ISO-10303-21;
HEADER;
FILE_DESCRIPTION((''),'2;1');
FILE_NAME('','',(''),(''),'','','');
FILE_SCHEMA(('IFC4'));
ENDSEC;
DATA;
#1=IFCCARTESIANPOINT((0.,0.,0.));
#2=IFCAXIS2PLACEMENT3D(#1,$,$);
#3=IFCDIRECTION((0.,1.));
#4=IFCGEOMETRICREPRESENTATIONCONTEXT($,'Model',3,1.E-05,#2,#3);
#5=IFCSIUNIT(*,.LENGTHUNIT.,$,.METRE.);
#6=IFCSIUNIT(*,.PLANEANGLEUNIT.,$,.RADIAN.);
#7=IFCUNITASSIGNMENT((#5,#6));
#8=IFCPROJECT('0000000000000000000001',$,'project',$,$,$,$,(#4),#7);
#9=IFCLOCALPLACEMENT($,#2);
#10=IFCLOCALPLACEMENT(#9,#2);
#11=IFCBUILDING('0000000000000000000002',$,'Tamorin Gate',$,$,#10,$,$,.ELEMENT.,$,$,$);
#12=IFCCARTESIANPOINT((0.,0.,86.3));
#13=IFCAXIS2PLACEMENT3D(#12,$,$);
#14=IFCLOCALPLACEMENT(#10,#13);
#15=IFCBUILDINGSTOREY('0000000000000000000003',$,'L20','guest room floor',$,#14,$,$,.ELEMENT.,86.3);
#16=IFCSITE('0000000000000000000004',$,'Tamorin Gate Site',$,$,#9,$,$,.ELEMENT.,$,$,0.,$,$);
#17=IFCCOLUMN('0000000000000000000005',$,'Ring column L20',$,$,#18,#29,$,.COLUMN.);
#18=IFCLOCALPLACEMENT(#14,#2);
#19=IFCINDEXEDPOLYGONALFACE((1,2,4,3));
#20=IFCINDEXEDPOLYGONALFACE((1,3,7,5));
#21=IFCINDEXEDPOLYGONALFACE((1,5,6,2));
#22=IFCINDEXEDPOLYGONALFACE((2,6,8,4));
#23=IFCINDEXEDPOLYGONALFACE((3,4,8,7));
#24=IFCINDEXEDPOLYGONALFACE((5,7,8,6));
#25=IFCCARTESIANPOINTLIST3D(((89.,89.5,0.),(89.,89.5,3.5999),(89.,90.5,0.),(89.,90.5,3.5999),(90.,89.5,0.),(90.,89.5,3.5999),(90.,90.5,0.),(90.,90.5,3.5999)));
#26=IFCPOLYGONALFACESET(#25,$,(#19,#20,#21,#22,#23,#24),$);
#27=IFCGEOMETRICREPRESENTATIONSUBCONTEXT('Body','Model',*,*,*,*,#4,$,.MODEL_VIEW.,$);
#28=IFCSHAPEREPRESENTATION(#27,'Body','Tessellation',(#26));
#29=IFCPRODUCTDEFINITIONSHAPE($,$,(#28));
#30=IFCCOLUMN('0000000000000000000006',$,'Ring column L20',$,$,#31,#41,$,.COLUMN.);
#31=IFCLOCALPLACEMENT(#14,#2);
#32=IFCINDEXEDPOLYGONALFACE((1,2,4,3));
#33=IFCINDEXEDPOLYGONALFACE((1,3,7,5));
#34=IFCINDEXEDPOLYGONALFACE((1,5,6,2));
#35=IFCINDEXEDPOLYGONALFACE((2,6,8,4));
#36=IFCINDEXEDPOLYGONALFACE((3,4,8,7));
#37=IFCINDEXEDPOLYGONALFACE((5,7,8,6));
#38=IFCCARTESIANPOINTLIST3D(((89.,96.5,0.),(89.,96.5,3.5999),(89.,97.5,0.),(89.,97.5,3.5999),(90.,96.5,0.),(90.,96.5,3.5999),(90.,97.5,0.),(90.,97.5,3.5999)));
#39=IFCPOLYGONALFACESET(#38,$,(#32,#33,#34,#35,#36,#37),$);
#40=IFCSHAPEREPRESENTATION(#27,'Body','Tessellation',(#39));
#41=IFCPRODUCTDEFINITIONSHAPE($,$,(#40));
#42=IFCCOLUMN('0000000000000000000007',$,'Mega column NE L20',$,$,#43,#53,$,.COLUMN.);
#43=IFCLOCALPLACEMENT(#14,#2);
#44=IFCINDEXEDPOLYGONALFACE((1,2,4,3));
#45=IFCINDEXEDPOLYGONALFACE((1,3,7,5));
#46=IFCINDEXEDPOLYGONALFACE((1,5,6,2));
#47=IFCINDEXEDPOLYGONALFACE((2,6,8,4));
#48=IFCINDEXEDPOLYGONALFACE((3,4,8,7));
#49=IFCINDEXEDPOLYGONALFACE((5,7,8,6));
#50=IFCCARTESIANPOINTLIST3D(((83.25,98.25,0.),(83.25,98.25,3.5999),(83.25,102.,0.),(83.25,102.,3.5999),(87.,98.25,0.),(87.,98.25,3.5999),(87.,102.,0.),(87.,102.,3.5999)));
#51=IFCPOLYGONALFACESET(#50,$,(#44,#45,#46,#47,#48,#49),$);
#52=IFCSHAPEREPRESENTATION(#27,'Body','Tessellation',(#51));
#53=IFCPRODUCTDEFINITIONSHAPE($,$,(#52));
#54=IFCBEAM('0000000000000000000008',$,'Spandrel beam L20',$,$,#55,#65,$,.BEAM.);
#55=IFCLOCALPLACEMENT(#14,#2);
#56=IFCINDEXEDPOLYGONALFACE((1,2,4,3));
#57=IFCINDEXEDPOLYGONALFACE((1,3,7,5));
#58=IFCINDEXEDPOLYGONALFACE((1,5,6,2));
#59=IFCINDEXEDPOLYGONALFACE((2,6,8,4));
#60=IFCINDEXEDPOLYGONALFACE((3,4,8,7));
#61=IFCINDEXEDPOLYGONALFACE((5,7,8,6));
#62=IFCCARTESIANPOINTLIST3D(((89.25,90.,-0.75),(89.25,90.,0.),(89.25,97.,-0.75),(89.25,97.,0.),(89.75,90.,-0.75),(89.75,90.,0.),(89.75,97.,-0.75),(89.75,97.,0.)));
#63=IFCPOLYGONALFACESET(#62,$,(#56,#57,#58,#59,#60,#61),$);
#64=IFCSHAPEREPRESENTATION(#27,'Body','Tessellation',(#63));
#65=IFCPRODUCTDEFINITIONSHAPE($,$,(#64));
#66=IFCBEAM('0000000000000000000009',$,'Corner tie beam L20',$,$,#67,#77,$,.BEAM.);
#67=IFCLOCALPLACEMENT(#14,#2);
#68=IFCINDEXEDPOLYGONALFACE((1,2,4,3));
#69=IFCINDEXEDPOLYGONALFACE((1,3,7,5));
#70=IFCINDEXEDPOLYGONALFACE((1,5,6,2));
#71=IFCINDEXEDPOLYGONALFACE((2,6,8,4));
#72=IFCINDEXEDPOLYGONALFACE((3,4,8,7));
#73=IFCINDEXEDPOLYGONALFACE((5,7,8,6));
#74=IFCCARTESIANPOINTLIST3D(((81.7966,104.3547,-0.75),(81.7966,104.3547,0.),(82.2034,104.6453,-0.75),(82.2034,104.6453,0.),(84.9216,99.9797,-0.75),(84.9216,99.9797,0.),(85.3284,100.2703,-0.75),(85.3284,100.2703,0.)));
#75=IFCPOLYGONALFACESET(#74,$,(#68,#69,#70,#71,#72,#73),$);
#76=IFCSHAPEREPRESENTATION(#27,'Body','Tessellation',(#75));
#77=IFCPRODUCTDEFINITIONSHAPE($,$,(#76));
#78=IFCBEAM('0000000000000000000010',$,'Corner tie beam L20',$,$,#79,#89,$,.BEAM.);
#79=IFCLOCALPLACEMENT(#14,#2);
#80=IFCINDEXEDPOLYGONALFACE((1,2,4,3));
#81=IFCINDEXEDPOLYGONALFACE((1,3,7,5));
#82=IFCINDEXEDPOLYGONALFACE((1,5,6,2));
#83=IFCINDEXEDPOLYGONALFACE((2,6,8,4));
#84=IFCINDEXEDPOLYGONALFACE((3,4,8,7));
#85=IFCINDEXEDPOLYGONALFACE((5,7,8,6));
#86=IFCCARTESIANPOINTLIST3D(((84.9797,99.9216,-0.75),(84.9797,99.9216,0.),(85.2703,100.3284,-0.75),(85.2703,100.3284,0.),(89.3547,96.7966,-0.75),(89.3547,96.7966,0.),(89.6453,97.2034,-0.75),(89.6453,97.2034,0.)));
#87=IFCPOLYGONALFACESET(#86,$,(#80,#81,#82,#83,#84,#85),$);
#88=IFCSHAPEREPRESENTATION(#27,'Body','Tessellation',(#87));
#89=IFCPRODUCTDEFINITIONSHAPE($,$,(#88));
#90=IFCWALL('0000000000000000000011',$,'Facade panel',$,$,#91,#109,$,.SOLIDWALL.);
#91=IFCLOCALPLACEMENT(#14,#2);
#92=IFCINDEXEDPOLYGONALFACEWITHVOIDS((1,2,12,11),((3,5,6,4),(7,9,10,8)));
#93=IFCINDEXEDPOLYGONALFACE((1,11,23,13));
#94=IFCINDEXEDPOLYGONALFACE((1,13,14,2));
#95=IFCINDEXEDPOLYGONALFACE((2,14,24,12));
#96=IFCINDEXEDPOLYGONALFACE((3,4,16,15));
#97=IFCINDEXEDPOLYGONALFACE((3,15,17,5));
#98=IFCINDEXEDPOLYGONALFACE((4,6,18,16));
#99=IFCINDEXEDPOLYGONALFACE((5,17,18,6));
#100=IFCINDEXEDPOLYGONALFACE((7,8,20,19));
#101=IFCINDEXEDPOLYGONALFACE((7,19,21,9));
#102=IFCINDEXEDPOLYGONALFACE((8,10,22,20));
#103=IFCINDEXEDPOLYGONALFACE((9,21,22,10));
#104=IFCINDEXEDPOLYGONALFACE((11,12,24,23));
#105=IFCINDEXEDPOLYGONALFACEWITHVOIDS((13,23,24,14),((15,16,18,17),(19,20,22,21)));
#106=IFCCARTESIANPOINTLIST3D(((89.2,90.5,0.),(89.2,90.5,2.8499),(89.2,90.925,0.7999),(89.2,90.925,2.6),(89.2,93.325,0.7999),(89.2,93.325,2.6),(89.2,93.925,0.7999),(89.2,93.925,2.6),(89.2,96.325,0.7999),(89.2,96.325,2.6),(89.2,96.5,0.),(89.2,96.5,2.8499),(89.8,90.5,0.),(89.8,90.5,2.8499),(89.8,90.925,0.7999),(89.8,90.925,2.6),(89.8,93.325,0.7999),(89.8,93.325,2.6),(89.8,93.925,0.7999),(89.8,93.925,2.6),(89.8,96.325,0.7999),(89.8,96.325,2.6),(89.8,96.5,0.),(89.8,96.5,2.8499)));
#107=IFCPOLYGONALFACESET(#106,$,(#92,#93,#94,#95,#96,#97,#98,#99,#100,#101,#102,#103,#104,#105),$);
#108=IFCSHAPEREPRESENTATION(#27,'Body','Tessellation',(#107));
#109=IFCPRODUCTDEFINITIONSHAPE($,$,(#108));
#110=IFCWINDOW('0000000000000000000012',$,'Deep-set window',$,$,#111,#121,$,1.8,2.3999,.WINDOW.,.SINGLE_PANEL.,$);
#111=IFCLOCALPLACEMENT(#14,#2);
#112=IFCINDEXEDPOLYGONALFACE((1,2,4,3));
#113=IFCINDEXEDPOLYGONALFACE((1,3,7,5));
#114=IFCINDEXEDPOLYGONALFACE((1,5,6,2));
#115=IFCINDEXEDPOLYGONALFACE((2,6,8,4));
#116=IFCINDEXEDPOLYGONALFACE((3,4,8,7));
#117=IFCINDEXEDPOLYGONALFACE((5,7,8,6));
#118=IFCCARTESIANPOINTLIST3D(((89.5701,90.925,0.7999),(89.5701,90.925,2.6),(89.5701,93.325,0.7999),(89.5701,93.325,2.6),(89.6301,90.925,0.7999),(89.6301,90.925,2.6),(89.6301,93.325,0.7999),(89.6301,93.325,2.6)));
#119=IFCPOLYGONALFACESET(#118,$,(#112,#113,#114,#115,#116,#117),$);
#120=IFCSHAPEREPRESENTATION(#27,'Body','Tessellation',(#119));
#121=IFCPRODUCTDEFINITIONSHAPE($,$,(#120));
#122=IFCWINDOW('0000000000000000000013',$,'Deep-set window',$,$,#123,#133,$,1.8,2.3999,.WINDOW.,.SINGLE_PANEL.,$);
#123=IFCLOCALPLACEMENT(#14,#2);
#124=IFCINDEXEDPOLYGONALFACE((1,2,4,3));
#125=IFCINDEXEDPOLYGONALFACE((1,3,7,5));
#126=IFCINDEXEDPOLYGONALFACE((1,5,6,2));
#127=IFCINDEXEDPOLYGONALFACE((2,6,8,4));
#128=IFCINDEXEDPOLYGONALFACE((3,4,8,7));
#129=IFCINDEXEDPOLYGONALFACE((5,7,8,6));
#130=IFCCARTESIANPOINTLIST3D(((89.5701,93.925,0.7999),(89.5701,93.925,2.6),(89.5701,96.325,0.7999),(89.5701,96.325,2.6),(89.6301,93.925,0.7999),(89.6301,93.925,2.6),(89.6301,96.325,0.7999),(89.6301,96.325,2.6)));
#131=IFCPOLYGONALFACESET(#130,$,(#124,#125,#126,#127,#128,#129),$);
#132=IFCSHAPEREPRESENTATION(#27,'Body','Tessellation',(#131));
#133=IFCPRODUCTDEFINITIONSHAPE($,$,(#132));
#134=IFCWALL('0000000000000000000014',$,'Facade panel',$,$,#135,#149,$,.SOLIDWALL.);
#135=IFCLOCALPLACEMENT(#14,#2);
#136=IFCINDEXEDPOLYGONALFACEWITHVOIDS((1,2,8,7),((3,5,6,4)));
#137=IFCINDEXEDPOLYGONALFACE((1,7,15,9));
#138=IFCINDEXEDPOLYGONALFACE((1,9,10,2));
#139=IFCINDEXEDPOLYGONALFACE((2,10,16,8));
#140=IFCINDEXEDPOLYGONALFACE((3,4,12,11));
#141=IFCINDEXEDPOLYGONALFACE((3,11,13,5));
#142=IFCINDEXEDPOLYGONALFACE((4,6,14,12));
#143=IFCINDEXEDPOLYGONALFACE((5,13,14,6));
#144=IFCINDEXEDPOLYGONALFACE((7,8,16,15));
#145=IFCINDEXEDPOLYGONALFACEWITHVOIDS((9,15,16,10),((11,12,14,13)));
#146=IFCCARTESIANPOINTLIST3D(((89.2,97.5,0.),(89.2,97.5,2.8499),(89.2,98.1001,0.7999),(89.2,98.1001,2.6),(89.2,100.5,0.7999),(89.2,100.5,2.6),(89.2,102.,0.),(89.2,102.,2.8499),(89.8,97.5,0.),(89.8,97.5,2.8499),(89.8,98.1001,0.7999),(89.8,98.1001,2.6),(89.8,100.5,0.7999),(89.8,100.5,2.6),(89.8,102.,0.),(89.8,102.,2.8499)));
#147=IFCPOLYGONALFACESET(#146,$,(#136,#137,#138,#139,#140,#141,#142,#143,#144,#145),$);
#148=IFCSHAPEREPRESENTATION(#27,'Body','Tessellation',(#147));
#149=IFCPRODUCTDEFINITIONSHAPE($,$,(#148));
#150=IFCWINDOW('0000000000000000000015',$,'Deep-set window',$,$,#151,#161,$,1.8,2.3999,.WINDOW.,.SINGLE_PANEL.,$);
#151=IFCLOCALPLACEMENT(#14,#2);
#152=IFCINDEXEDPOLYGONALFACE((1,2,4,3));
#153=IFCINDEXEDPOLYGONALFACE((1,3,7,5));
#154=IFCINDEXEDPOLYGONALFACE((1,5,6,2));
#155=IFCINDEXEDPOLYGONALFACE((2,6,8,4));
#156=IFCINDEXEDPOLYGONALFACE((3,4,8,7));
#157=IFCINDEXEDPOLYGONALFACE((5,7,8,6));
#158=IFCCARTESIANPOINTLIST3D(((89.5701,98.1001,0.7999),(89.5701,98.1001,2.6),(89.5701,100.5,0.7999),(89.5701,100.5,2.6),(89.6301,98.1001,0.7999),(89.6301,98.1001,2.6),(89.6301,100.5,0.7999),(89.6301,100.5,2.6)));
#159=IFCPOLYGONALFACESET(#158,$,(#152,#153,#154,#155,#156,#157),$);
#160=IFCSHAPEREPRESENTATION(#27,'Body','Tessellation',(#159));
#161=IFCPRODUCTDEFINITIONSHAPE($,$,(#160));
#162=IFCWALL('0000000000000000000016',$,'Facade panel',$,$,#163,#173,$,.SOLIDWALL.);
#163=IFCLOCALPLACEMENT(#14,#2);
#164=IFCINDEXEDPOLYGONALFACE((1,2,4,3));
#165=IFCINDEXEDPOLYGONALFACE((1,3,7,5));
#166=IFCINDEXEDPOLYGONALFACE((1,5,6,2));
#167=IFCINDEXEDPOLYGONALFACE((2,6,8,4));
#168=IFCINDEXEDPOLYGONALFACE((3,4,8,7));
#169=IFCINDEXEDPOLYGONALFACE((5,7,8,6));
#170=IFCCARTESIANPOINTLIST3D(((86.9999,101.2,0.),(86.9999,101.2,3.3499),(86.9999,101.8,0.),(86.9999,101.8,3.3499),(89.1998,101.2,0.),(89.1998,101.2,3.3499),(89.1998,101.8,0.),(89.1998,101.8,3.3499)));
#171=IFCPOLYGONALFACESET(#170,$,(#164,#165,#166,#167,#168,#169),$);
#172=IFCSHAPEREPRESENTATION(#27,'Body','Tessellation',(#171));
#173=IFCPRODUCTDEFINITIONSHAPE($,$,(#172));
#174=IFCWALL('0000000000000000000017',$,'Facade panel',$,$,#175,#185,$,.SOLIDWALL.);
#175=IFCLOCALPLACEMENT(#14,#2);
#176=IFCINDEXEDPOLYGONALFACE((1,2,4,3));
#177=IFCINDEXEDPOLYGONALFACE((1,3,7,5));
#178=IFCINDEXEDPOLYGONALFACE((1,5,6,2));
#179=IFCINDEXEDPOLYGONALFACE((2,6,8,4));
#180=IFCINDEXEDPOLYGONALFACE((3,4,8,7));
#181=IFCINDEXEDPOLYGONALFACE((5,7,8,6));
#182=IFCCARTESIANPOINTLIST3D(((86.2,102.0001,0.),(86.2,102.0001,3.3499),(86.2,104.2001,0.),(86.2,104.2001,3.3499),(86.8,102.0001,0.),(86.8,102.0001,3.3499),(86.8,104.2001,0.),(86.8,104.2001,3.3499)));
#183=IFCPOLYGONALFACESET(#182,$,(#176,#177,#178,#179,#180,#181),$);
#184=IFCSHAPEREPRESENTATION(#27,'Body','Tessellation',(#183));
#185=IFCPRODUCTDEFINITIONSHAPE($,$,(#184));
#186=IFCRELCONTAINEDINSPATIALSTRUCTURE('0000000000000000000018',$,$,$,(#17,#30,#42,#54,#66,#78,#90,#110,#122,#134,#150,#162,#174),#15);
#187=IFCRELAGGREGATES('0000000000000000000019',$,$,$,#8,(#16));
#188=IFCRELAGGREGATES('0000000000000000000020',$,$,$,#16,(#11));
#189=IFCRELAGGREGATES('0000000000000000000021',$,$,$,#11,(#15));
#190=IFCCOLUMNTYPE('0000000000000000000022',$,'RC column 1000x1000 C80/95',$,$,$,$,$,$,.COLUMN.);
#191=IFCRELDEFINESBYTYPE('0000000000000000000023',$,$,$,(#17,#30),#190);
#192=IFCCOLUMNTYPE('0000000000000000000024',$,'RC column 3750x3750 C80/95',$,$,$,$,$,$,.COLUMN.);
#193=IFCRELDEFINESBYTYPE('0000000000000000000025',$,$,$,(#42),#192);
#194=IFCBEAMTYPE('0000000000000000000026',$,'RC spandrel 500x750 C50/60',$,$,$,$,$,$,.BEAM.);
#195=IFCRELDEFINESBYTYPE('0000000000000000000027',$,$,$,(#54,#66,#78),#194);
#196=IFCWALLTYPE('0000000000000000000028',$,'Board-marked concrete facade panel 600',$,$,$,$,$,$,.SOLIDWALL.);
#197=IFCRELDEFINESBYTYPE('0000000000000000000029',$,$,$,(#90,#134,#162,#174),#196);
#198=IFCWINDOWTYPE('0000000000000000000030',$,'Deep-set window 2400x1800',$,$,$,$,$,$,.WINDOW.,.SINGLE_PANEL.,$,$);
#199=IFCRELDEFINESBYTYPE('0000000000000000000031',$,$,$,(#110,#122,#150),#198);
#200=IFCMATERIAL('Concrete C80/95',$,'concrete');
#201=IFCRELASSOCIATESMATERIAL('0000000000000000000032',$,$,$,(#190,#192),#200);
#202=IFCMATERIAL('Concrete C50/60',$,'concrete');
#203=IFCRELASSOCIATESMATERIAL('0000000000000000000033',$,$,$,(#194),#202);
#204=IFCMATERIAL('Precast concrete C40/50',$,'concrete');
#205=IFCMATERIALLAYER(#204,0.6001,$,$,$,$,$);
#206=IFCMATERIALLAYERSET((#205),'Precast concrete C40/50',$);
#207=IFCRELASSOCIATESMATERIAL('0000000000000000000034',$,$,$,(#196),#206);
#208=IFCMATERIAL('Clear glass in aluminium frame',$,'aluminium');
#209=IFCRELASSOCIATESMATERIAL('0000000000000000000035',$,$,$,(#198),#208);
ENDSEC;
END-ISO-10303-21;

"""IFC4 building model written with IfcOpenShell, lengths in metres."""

from ifc_helpers import new_model, si_unit, direction, frame, frame_2d, origin, origin_2d, place, context, subcontext, project, spatial, rectangle, extrude, material, layer, layer_set, material_profile, profile_set, type_object, element, fill, save


model = new_model("IFC4")

# Units and contexts
model_context = context("Model", 3, precision=1e-05, world=origin(), true_north=direction((0.0, 1.0)))
body_context = subcontext(model_context, "Body", "Model", "MODEL_VIEW")
ifc_project = project(units=[si_unit("LENGTHUNIT", "METRE"), si_unit("PLANEANGLEUNIT", "RADIAN")], contexts=[model_context])

# Site, building, storey
site_placement = place(None, origin())
site = spatial("IfcSite", under=ifc_project, at=site_placement, Name="Tamorin Gate Site", CompositionType="ELEMENT", RefElevation=0.0)
building_placement = place(site_placement, origin())
building = spatial("IfcBuilding", under=site, at=building_placement, Name="Tamorin Gate", CompositionType="ELEMENT")
storey_placement = place(building_placement, frame((0.0, 0.0, 86.3)))
storey = spatial("IfcBuildingStorey", under=building, at=storey_placement, Name="L20", Description="guest room floor", CompositionType="ELEMENT", Elevation=86.3)

# Columns
ifc_material_1 = material(Name="Concrete C80/95", Category="concrete")
ifc_material_profile_1 = material_profile(ifc_material_1, rectangle(XDim=1.0, YDim=1.0, at=origin_2d()), Name="RC 1000x1000")
ifc_profile_set_1 = profile_set([ifc_material_profile_1], Name="Concrete C80/95")
column_type_1 = type_object("IfcColumnType", Name="RC column 1000x1000 C80/95", PredefinedType="COLUMN", material=ifc_profile_set_1)
for number, where, z_axis, x_axis, name in (
    (1, (89.5, 90.0, 0.0), (0.0, 0.0, 1.0), (1.0, 0.0, 0.0), "Ring column L20"),
    (2, (89.5, 97.0, 0.0), (0.0, 0.0, 1.0), (1.0, 0.0, 0.0), "Ring column L20"),
):
    element("IfcColumn", number, at=place(storey_placement, frame(where, z_axis=z_axis, x_axis=x_axis)), inside=storey, type_object=column_type_1, Name=name, PredefinedType="COLUMN", context=body_context, shape_type="SweptSolid", body=[
        extrude(rectangle(XDim=1.0, YDim=1.0, at=origin_2d()), origin(), (0.0, 0.0, 1.0), 3.5999),
    ])
ifc_material_profile_2 = material_profile(ifc_material_1, rectangle(XDim=3.75, YDim=3.75, at=origin_2d()), Name="RC 3750x3750")
ifc_profile_set_2 = profile_set([ifc_material_profile_2], Name="Concrete C80/95")
column_type_2 = type_object("IfcColumnType", Name="RC column 3750x3750 C80/95", PredefinedType="COLUMN", material=ifc_profile_set_2)
column_placement = place(storey_placement, frame((85.125, 100.125, 0.0), z_axis=(0.0, 0.0, 1.0), x_axis=(1.0, 0.0, 0.0)))
element("IfcColumn", 3, at=column_placement, inside=storey, type_object=column_type_2, Name="Mega column NE L20", PredefinedType="COLUMN", context=body_context, shape_type="SweptSolid", body=[
    extrude(rectangle(XDim=3.75, YDim=3.75, at=origin_2d()), origin(), (0.0, 0.0, 1.0), 3.5999),
])

# Beams
ifc_material_2 = material(Name="Concrete C50/60", Category="concrete")
ifc_material_profile_3 = material_profile(ifc_material_2, rectangle(XDim=0.5, YDim=0.75, at=origin_2d()), Name="RC 500x750")
ifc_profile_set_3 = profile_set([ifc_material_profile_3], Name="Concrete C50/60")
beam_type = type_object("IfcBeamType", Name="RC spandrel 500x750 C50/60", PredefinedType="BEAM", material=ifc_profile_set_3)
beam_placement = place(storey_placement, frame((89.5, 90.0, -0.375), z_axis=(0.0, 1.0, 0.0), x_axis=(-1.0, 0.0, 0.0)))
element("IfcBeam", 4, at=beam_placement, inside=storey, type_object=beam_type, Name="Spandrel beam L20", PredefinedType="BEAM", context=body_context, shape_type="SweptSolid", body=[
    extrude(rectangle(XDim=0.5, YDim=0.75, at=origin_2d()), origin(), (0.0, 0.0, 1.0), 7.0),
])
for number, where, z_axis, x_axis, name in (
    (5, (85.125, 100.125, -0.375), (-0.581238, 0.813733, 0.0), (-0.813733, -0.581238, 0.0), "Corner tie beam L20"),
    (6, (85.125, 100.125, -0.375), (0.813733, -0.581238, 0.0), (0.581238, 0.813733, 0.0), "Corner tie beam L20"),
):
    element("IfcBeam", number, at=place(storey_placement, frame(where, z_axis=z_axis, x_axis=x_axis)), inside=storey, type_object=beam_type, Name=name, PredefinedType="BEAM", context=body_context, shape_type="SweptSolid", body=[
        extrude(rectangle(XDim=0.5, YDim=0.75, at=origin_2d()), origin(), (0.0, 0.0, 1.0), 5.3765),
    ])

# Wall, openings, windows
ifc_material_3 = material(Name="Precast concrete C40/50", Category="concrete")
ifc_layer_1 = layer(ifc_material_3, 0.6001)
ifc_layer_set_1 = layer_set([ifc_layer_1], Name="Precast concrete C40/50")
wall_type_1 = type_object("IfcWallType", Name="Board-marked concrete facade panel 600", PredefinedType="SOLIDWALL", material=ifc_layer_set_1)
wall_1_placement = place(storey_placement, frame((89.5, 90.5, 0.0), z_axis=(0.0, 0.0, 1.0), x_axis=(0.0, 1.0, 0.0)))
wall_1 = element("IfcWall", 7, at=wall_1_placement, inside=storey, type_object=wall_type_1, Name="Facade panel", PredefinedType="SOLIDWALL", context=body_context, shape_type="SweptSolid", body=[
    extrude(rectangle(XDim=6.0, YDim=0.6001, at=frame_2d((3.0, 0.0))), origin(), (0.0, 0.0, 1.0), 2.8499),
])
opening_1_placement = place(wall_1_placement, frame((0.425, 0.0, 0.8)))
opening_1 = element("IfcOpeningElement", 8, at=opening_1_placement, cuts=wall_1, PredefinedType="OPENING", context=body_context, shape_type="SweptSolid", body=[
    extrude(rectangle(XDim=2.3999, YDim=1.8, at=frame_2d((1.2, 0.8999))), frame((0.0, 0.3101, 0.0), z_axis=(0.0, -1.0, 0.0), x_axis=(1.0, 0.0, 0.0)), (0.0, 0.0, 1.0), 0.6201),
])
opening_2_placement = place(wall_1_placement, frame((3.425, 0.0, 0.8)))
opening_2 = element("IfcOpeningElement", 9, at=opening_2_placement, cuts=wall_1, PredefinedType="OPENING", context=body_context, shape_type="SweptSolid", body=[
    extrude(rectangle(XDim=2.3999, YDim=1.8, at=frame_2d((1.2, 0.8999))), frame((0.0, 0.3101, 0.0), z_axis=(0.0, -1.0, 0.0), x_axis=(1.0, 0.0, 0.0)), (0.0, 0.0, 1.0), 0.6201),
])
ifc_material_4 = material(Name="Clear glass in aluminium frame", Category="aluminium")
window_type = type_object("IfcWindowType", Name="Deep-set window 2400x1800", PartitioningType="SINGLE_PANEL", PredefinedType="WINDOW", material=ifc_material_4)
window_1_placement = place(opening_1_placement, origin())
window_1 = element("IfcWindow", 10, at=window_1_placement, inside=storey, type_object=window_type, Name="Deep-set window", OverallHeight=1.8, OverallWidth=2.3999, PartitioningType="SINGLE_PANEL", PredefinedType="WINDOW", context=body_context, shape_type="SweptSolid", body=[
    extrude(rectangle(XDim=2.3999, YDim=1.8, at=frame_2d((1.2, 0.8999))), frame((0.0, -0.0701, 0.0), z_axis=(0.0, -1.0, 0.0), x_axis=(1.0, 0.0, 0.0)), (0.0, 0.0, 1.0), 0.0601),
])
fill(opening_1, window_1)
window_2_placement = place(opening_2_placement, origin())
window_2 = element("IfcWindow", 11, at=window_2_placement, inside=storey, type_object=window_type, Name="Deep-set window", OverallHeight=1.8, OverallWidth=2.3999, PartitioningType="SINGLE_PANEL", PredefinedType="WINDOW", context=body_context, shape_type="SweptSolid", body=[
    extrude(rectangle(XDim=2.3999, YDim=1.8, at=frame_2d((1.2, 0.8999))), frame((0.0, -0.0701, 0.0), z_axis=(0.0, -1.0, 0.0), x_axis=(1.0, 0.0, 0.0)), (0.0, 0.0, 1.0), 0.0601),
])
fill(opening_2, window_2)

# Wall, opening, window
wall_2_placement = place(storey_placement, frame((89.5, 97.5, 0.0), z_axis=(0.0, 0.0, 1.0), x_axis=(0.0, 1.0, 0.0)))
wall_2 = element("IfcWall", 12, at=wall_2_placement, inside=storey, type_object=wall_type_1, Name="Facade panel", PredefinedType="SOLIDWALL", context=body_context, shape_type="SweptSolid", body=[
    extrude(rectangle(XDim=4.5, YDim=0.6001, at=frame_2d((2.25, 0.0))), origin(), (0.0, 0.0, 1.0), 2.8499),
])
opening_3_placement = place(wall_2_placement, frame((0.6001, 0.0, 0.8)))
opening_3 = element("IfcOpeningElement", 13, at=opening_3_placement, cuts=wall_2, PredefinedType="OPENING", context=body_context, shape_type="SweptSolid", body=[
    extrude(rectangle(XDim=2.3999, YDim=1.8, at=frame_2d((1.2, 0.8999))), frame((0.0, 0.3101, 0.0), z_axis=(0.0, -1.0, 0.0), x_axis=(1.0, 0.0, 0.0)), (0.0, 0.0, 1.0), 0.6201),
])
window_3_placement = place(opening_3_placement, origin())
window_3 = element("IfcWindow", 14, at=window_3_placement, inside=storey, type_object=window_type, Name="Deep-set window", OverallHeight=1.8, OverallWidth=2.3999, PartitioningType="SINGLE_PANEL", PredefinedType="WINDOW", context=body_context, shape_type="SweptSolid", body=[
    extrude(rectangle(XDim=2.3999, YDim=1.8, at=frame_2d((1.2, 0.8999))), frame((0.0, -0.0701, 0.0), z_axis=(0.0, -1.0, 0.0), x_axis=(1.0, 0.0, 0.0)), (0.0, 0.0, 1.0), 0.0601),
])
fill(opening_3, window_3)

# Walls
for number, where, z_axis, x_axis, name in (
    (15, (89.2, 101.5, 0.0), (0.0, 0.0, 1.0), (-1.0, 0.0, 0.0), "Facade panel"),
    (16, (86.5, 102.0, 0.0), (0.0, 0.0, 1.0), (0.0, 1.0, 0.0), "Facade panel"),
):
    element("IfcWall", number, at=place(storey_placement, frame(where, z_axis=z_axis, x_axis=x_axis)), inside=storey, type_object=wall_type_1, Name=name, PredefinedType="SOLIDWALL", context=body_context, shape_type="SweptSolid", body=[
        extrude(rectangle(XDim=2.2, YDim=0.6001, at=frame_2d((1.1001, 0.0))), origin(), (0.0, 0.0, 1.0), 3.3499),
    ])

save(model, "model.ifc")
